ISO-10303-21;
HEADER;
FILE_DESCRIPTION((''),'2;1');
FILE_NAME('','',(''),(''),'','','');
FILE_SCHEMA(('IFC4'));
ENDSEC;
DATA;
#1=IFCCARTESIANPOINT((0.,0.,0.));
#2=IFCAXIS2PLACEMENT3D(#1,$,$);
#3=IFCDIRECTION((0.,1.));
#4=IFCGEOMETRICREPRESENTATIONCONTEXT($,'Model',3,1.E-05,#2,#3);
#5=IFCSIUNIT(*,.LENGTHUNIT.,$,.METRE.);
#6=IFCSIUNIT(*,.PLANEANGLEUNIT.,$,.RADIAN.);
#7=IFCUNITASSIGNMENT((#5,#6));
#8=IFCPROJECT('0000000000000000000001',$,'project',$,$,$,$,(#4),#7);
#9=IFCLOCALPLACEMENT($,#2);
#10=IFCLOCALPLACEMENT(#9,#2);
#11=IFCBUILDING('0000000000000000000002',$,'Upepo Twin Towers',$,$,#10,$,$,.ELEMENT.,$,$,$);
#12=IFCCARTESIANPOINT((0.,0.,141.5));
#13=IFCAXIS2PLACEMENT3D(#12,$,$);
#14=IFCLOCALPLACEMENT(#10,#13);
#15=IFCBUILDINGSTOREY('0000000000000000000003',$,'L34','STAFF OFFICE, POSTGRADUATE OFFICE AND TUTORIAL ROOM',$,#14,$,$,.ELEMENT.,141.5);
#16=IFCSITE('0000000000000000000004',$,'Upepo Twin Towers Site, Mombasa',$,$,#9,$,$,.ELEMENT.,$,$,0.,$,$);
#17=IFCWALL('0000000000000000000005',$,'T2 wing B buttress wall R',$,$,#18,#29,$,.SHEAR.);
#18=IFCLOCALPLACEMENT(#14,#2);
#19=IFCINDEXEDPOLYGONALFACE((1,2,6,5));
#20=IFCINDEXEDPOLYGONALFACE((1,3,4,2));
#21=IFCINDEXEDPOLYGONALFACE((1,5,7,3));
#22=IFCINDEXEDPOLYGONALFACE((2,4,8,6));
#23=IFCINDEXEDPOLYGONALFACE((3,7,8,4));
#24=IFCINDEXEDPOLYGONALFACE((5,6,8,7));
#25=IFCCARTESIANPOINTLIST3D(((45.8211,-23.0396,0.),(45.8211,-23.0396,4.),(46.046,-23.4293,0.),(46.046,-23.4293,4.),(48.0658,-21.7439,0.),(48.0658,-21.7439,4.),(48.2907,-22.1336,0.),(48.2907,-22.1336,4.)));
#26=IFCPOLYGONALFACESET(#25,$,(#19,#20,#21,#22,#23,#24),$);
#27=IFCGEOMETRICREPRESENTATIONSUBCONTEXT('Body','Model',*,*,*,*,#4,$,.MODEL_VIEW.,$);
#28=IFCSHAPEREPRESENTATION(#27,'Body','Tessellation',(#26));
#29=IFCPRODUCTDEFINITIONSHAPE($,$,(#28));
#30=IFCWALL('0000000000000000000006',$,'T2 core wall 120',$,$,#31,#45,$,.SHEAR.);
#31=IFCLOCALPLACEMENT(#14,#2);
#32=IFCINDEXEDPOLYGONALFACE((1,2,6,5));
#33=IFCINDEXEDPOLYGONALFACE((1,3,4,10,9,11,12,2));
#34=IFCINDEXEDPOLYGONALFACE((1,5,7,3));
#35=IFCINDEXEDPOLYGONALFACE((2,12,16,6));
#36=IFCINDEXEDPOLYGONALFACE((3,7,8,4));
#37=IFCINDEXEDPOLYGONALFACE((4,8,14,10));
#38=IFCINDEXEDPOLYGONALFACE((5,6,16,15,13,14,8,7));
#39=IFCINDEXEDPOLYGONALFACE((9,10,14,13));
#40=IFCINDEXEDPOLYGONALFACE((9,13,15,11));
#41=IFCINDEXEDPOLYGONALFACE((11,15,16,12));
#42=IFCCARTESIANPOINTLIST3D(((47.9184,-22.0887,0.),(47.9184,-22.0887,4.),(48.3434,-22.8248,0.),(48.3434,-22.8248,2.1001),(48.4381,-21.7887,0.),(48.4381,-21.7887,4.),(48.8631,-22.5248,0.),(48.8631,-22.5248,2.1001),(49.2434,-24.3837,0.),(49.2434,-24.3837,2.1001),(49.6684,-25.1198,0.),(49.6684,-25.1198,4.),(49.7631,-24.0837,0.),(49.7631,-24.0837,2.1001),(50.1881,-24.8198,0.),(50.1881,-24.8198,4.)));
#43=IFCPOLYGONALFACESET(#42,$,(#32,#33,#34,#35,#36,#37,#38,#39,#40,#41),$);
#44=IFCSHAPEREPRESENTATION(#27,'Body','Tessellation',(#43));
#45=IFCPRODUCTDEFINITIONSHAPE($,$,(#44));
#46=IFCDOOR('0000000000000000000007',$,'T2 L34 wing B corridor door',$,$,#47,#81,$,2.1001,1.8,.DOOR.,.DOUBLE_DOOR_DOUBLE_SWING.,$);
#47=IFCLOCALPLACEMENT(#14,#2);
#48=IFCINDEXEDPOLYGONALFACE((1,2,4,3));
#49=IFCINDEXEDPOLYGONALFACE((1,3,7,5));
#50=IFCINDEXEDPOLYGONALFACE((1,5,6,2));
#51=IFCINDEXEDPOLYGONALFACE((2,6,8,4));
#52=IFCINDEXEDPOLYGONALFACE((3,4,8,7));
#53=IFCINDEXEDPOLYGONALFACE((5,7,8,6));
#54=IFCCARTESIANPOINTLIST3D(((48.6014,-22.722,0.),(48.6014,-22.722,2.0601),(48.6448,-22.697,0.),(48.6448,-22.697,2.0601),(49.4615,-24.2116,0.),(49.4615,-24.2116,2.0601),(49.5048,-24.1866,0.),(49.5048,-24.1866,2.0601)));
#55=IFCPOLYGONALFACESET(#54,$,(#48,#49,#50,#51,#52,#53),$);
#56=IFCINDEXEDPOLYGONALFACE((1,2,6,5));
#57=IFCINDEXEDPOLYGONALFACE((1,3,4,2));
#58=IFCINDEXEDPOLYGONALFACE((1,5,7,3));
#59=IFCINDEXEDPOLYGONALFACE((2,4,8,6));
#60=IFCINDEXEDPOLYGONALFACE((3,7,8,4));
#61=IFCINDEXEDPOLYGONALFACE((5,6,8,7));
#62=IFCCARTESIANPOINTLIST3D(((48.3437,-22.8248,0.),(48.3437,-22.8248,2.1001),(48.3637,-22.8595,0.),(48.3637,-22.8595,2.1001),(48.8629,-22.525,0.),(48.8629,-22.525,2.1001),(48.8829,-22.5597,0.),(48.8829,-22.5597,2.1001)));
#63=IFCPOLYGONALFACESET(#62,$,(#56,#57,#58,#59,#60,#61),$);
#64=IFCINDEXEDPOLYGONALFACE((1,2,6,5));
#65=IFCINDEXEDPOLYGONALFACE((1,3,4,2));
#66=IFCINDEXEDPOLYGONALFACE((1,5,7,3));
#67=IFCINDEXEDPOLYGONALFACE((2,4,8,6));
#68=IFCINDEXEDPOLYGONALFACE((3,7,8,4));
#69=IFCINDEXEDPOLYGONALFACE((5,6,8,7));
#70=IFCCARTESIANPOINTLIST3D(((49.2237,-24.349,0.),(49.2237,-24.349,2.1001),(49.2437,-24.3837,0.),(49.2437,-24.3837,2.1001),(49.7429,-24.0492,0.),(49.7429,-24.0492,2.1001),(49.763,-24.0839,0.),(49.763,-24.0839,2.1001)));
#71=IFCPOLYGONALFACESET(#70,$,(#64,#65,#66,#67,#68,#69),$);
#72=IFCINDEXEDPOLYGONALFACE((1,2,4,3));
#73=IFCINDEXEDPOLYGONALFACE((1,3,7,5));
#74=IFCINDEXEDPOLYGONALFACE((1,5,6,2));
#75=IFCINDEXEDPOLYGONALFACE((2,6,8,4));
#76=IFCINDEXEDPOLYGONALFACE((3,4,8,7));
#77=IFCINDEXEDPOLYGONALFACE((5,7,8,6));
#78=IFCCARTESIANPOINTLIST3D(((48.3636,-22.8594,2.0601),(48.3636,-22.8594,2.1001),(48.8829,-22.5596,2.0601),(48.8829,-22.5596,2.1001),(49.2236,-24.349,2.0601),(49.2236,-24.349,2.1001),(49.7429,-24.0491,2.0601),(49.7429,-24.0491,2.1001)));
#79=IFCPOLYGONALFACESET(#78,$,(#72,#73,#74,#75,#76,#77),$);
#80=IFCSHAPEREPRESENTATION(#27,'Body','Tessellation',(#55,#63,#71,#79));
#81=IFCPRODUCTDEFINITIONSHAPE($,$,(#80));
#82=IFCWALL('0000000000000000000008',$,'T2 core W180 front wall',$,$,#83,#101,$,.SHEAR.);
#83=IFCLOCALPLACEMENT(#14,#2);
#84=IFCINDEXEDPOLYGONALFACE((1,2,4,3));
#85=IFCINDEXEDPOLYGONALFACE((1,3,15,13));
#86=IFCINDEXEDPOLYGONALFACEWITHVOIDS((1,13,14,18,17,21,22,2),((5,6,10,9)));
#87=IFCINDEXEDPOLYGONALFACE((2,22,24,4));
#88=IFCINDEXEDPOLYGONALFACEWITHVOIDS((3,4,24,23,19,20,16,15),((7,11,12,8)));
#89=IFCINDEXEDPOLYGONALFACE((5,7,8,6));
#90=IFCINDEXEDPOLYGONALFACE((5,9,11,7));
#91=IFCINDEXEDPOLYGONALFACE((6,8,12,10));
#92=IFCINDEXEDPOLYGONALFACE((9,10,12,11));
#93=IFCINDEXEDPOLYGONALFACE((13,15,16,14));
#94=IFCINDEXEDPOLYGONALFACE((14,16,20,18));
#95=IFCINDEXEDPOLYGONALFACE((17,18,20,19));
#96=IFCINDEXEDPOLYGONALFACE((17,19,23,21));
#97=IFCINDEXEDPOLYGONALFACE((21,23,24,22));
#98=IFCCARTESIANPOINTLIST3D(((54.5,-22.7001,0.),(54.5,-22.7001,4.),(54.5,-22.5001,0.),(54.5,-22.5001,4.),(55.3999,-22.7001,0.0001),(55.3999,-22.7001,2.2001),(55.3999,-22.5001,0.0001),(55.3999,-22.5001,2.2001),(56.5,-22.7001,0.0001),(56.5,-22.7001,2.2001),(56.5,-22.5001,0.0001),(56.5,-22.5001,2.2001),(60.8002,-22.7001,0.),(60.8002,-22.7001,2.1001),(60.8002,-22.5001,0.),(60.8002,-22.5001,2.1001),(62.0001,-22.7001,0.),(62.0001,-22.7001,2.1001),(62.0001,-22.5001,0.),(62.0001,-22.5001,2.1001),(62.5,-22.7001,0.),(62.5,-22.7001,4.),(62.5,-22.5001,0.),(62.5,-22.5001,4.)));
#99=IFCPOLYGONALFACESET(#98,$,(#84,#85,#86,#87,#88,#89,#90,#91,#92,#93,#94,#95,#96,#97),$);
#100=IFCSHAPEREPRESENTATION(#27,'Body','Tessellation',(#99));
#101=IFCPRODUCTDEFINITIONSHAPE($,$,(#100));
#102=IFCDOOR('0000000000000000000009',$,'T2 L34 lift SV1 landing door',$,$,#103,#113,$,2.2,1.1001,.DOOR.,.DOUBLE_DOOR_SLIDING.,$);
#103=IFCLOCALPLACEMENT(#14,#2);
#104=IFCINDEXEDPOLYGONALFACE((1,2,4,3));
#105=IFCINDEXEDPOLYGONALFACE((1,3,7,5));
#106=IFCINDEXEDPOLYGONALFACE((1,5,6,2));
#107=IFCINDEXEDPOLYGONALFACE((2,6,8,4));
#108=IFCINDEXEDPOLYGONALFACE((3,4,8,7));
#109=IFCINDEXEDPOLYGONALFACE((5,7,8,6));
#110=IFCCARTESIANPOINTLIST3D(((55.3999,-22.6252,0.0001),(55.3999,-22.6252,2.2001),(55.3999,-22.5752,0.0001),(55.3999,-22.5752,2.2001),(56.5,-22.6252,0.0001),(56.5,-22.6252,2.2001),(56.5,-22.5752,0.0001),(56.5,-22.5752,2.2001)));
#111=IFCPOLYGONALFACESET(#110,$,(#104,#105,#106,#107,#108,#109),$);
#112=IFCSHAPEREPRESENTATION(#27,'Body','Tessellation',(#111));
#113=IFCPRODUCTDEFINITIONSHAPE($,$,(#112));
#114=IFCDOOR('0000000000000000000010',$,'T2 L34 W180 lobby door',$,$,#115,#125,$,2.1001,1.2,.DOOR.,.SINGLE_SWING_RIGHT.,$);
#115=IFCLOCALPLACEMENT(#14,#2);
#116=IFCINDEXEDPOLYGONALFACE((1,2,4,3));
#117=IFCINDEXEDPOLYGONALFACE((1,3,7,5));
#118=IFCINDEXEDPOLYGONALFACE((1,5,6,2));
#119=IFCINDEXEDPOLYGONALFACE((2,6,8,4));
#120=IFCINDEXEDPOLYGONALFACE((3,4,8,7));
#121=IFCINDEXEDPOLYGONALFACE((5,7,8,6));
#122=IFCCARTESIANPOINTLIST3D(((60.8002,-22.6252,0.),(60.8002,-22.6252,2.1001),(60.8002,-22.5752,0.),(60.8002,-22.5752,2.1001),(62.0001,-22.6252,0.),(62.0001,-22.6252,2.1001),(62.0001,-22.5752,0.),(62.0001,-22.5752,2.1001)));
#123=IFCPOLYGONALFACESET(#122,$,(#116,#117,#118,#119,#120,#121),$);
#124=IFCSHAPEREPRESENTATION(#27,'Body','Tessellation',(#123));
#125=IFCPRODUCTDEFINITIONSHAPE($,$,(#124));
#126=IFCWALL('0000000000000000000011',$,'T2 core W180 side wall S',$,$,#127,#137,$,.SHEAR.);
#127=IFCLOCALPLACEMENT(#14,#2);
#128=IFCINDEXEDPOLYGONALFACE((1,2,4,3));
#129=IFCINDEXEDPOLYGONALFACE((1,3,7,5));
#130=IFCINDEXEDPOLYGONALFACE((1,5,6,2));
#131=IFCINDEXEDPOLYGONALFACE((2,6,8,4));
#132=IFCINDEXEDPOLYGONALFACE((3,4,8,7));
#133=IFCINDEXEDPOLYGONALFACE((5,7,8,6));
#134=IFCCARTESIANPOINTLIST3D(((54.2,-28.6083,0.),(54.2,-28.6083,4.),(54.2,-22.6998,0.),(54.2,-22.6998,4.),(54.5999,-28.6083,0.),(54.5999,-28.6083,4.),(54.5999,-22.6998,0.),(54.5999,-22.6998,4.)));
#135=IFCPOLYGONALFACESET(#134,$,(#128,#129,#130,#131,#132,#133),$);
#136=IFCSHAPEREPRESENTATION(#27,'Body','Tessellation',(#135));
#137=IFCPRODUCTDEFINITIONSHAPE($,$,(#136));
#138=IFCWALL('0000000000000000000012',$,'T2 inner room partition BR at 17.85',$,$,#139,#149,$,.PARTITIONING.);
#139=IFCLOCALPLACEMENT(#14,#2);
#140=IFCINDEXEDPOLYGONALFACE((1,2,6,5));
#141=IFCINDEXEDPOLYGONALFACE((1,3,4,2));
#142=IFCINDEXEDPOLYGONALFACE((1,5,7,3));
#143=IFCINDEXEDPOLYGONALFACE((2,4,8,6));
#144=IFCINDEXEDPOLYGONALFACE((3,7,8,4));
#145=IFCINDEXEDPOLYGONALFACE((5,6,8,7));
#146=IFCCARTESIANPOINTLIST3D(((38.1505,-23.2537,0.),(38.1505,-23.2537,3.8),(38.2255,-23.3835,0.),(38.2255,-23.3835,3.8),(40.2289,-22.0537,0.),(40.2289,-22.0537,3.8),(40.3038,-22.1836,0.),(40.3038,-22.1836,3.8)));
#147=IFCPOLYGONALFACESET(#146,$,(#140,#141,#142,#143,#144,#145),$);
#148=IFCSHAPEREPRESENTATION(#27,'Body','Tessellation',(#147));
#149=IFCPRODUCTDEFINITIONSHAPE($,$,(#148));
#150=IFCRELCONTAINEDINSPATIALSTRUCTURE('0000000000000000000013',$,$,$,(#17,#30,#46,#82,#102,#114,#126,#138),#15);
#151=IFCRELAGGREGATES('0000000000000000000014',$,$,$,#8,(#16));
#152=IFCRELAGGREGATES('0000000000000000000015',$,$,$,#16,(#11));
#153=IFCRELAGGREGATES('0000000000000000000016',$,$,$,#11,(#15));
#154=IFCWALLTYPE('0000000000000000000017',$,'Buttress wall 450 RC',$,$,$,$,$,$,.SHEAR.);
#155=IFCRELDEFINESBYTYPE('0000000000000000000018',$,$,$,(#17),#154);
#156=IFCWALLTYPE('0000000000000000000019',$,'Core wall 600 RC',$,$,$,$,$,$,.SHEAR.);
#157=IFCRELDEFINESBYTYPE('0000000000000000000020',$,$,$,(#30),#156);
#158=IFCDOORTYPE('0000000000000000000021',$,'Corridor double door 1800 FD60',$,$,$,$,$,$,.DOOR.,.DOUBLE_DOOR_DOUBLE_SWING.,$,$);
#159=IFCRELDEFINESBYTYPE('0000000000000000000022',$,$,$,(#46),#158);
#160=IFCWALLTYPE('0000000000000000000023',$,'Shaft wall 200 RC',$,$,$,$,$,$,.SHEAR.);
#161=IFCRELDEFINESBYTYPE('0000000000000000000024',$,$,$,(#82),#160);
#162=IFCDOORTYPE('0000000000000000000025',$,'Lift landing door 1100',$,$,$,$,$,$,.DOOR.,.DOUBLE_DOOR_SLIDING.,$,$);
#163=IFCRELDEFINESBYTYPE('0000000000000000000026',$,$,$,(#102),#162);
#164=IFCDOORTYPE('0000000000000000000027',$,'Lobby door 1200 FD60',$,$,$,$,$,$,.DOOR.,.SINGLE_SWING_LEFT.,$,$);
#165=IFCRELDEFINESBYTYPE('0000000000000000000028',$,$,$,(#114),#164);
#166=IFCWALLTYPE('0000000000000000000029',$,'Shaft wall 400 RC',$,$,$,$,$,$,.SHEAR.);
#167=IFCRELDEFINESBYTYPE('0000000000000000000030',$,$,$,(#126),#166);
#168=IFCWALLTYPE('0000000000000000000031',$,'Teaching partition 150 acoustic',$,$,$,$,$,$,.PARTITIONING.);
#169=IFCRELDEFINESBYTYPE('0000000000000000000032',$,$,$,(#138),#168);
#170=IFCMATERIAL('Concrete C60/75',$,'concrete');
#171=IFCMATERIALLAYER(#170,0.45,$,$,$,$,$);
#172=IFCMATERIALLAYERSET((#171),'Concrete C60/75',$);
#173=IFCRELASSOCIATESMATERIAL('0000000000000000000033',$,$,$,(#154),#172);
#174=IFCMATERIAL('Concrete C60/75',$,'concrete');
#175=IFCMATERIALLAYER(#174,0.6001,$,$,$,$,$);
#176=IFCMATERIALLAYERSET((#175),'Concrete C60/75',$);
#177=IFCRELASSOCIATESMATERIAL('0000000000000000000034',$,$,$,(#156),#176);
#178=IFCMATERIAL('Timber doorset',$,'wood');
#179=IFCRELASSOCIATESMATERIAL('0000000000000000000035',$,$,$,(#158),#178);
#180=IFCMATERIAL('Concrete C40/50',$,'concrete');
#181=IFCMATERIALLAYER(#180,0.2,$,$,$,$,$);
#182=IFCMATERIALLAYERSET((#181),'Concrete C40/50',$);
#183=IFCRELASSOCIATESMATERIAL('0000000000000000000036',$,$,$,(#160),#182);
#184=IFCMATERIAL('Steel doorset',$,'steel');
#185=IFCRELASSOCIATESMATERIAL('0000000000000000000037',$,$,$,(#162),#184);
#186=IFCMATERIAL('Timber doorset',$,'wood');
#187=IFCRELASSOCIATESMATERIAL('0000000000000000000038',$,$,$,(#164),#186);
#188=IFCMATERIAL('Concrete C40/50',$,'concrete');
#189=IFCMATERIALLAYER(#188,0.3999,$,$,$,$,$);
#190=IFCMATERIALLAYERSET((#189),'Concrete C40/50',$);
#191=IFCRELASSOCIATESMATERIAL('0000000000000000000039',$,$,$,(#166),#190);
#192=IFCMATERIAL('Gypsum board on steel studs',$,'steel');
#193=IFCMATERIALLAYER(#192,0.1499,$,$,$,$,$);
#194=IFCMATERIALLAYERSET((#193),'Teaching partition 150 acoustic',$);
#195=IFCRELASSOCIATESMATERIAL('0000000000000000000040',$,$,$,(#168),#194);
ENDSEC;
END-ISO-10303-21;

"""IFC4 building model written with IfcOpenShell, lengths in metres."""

from ifc_helpers import new_model, si_unit, direction, frame, frame_2d, origin, place, context, subcontext, project, spatial, rectangle, extrude, material, layer, layer_set, type_object, element, fill, save


model = new_model("IFC4")

# Units and contexts
model_context = context("Model", 3, precision=1e-05, world=origin(), true_north=direction((0.0, 1.0)))
body_context = subcontext(model_context, "Body", "Model", "MODEL_VIEW")
ifc_project = project(units=[si_unit("LENGTHUNIT", "METRE"), si_unit("PLANEANGLEUNIT", "RADIAN")], contexts=[model_context])

# Site, building, storey
site_placement = place(None, origin())
site = spatial("IfcSite", under=ifc_project, at=site_placement, Name="Upepo Twin Towers Site, Mombasa", CompositionType="ELEMENT", RefElevation=0.0)
building_placement = place(site_placement, origin())
building = spatial("IfcBuilding", under=site, at=building_placement, Name="Upepo Twin Towers", CompositionType="ELEMENT")
storey_placement = place(building_placement, frame((0.0, 0.0, 141.5)))
storey = spatial("IfcBuildingStorey", under=building, at=storey_placement, Name="L34", Description="STAFF OFFICE, POSTGRADUATE OFFICE AND TUTORIAL ROOM", CompositionType="ELEMENT", Elevation=141.5)

# Wall
ifc_material_1 = material(Name="Concrete C60/75", Category="concrete")
ifc_layer_1 = layer(ifc_material_1, 0.45)
ifc_layer_set_1 = layer_set([ifc_layer_1], Name="Concrete C60/75")
wall_type_1 = type_object("IfcWallType", Name="Buttress wall 450 RC", PredefinedType="SHEAR", material=ifc_layer_set_1)
wall_1_placement = place(storey_placement, frame((48.1782, -21.9387, 0.0), z_axis=(0.0, 0.0, 1.0), x_axis=(-0.866073, -0.499918, 0.0)))
element("IfcWall", 1, at=wall_1_placement, inside=storey, type_object=wall_type_1, Name="T2 wing B buttress wall R", PredefinedType="SHEAR", context=body_context, shape_type="SweptSolid", body=[
    extrude(rectangle(XDim=2.5918, YDim=0.45, at=frame_2d((1.2959, 0.0))), origin(), (0.0, 0.0, 1.0), 4.0),
])

# Wall, opening, door
ifc_material_2 = material(Name="Concrete C60/75", Category="concrete")
ifc_layer_2 = layer(ifc_material_2, 0.6001)
ifc_layer_set_2 = layer_set([ifc_layer_2], Name="Concrete C60/75")
wall_type_2 = type_object("IfcWallType", Name="Core wall 600 RC", PredefinedType="SHEAR", material=ifc_layer_set_2)
wall_2_placement = place(storey_placement, frame((48.1782, -21.9387, 0.0), z_axis=(0.0, 0.0, 1.0), x_axis=(0.50001, -0.866019, 0.0)))
wall_2 = element("IfcWall", 2, at=wall_2_placement, inside=storey, type_object=wall_type_2, Name="T2 core wall 120", PredefinedType="SHEAR", context=body_context, shape_type="SweptSolid", body=[
    extrude(rectangle(XDim=3.5, YDim=0.6001, at=frame_2d((1.75, 0.0))), origin(), (0.0, 0.0, 1.0), 4.0),
])
opening_1_placement = place(wall_2_placement, frame((0.8501, 0.0, 0.0)))
opening_1 = element("IfcOpeningElement", 3, at=opening_1_placement, cuts=wall_2, PredefinedType="OPENING", context=body_context, shape_type="SweptSolid", body=[
    extrude(rectangle(XDim=1.8, YDim=2.1001, at=frame_2d((0.8999, 1.05))), frame((0.0, 0.3101, 0.0), z_axis=(0.0, -1.0, 0.0), x_axis=(1.0, 0.0, 0.0)), (0.0, 0.0, 1.0), 0.6201),
])
ifc_material_3 = material(Name="Timber doorset", Category="wood")
door_type_1 = type_object("IfcDoorType", Name="Corridor double door 1800 FD60", OperationType="DOUBLE_DOOR_DOUBLE_SWING", PredefinedType="DOOR", material=ifc_material_3)
door_1_placement = place(opening_1_placement, origin())
door_1 = element("IfcDoor", 4, at=door_1_placement, inside=storey, type_object=door_type_1, Name="T2 L34 wing B corridor door", OperationType="DOUBLE_DOOR_DOUBLE_SWING", OverallHeight=2.1001, OverallWidth=1.8, PredefinedType="DOOR", context=body_context, shape_type="SweptSolid", body=[
    extrude(rectangle(XDim=1.72, YDim=2.0601, at=frame_2d((0.8999, 1.03))), frame((0.0, 0.0249, 0.0), z_axis=(0.0, -1.0, 0.0), x_axis=(1.0, 0.0, 0.0)), (0.0, 0.0, 1.0), 0.05),
    extrude(rectangle(XDim=0.04, YDim=2.1001, at=frame_2d((0.02, 1.05))), frame((0.0, 0.2998, 0.0), z_axis=(0.0, -1.0, 0.0), x_axis=(1.0, 0.0, 0.0)), (0.0, 0.0, 1.0), 0.5996),
    extrude(rectangle(XDim=0.04, YDim=2.1001, at=frame_2d((1.78, 1.05))), frame((0.0, 0.2998, 0.0), z_axis=(0.0, -1.0, 0.0), x_axis=(1.0, 0.0, 0.0)), (0.0, 0.0, 1.0), 0.5996),
    extrude(rectangle(XDim=1.72, YDim=0.04, at=frame_2d((0.8999, 2.0801))), frame((0.0, 0.2998, 0.0), z_axis=(0.0, -1.0, 0.0), x_axis=(1.0, 0.0, 0.0)), (0.0, 0.0, 1.0), 0.5996),
])
fill(opening_1, door_1)

# Wall, openings, doors
ifc_material_4 = material(Name="Concrete C40/50", Category="concrete")
ifc_layer_3 = layer(ifc_material_4, 0.2)
ifc_layer_set_3 = layer_set([ifc_layer_3], Name="Concrete C40/50")
wall_type_3 = type_object("IfcWallType", Name="Shaft wall 200 RC", PredefinedType="SHEAR", material=ifc_layer_set_3)
wall_3_placement = place(storey_placement, frame((54.5, -22.6001, 0.0), z_axis=(0.0, 0.0, 1.0), x_axis=(1.0, 0.0, 0.0)))
wall_3 = element("IfcWall", 5, at=wall_3_placement, inside=storey, type_object=wall_type_3, Name="T2 core W180 front wall", PredefinedType="SHEAR", context=body_context, shape_type="SweptSolid", body=[
    extrude(rectangle(XDim=8.0, YDim=0.2, at=frame_2d((4.0, 0.0))), origin(), (0.0, 0.0, 1.0), 4.0),
])
opening_2_placement = place(wall_3_placement, frame((6.3, 0.0, 0.0)))
opening_2 = element("IfcOpeningElement", 6, at=opening_2_placement, cuts=wall_3, PredefinedType="OPENING", context=body_context, shape_type="SweptSolid", body=[
    extrude(rectangle(XDim=1.2, YDim=2.1001, at=frame_2d((0.6001, 1.05))), frame((0.0, 0.1099, 0.0), z_axis=(0.0, -1.0, 0.0), x_axis=(1.0, 0.0, 0.0)), (0.0, 0.0, 1.0), 0.22),
])
opening_3_placement = place(wall_3_placement, frame((0.8999, 0.0, 0.0)))
opening_3 = element("IfcOpeningElement", 7, at=opening_3_placement, cuts=wall_3, PredefinedType="OPENING", context=body_context, shape_type="SweptSolid", body=[
    extrude(rectangle(XDim=1.1001, YDim=2.2, at=frame_2d((0.55, 1.1001))), frame((0.0, 0.1099, 0.0), z_axis=(0.0, -1.0, 0.0), x_axis=(1.0, 0.0, 0.0)), (0.0, 0.0, 1.0), 0.22),
])
ifc_material_5 = material(Name="Steel doorset", Category="steel")
door_type_2 = type_object("IfcDoorType", Name="Lift landing door 1100", OperationType="DOUBLE_DOOR_SLIDING", PredefinedType="DOOR", material=ifc_material_5)
door_2_placement = place(opening_3_placement, origin())
door_2 = element("IfcDoor", 8, at=door_2_placement, inside=storey, type_object=door_type_2, Name="T2 L34 lift SV1 landing door", OperationType="DOUBLE_DOOR_SLIDING", OverallHeight=2.2, OverallWidth=1.1001, PredefinedType="DOOR", context=body_context, shape_type="SweptSolid", body=[
    extrude(rectangle(XDim=1.1001, YDim=2.2, at=frame_2d((0.55, 1.1001))), frame((0.0, 0.0249, 0.0), z_axis=(0.0, -1.0, 0.0), x_axis=(1.0, 0.0, 0.0)), (0.0, 0.0, 1.0), 0.05),
])
fill(opening_3, door_2)
ifc_material_6 = material(Name="Timber doorset", Category="wood")
door_type_3 = type_object("IfcDoorType", Name="Lobby door 1200 FD60", OperationType="SINGLE_SWING_LEFT", PredefinedType="DOOR", material=ifc_material_6)
door_3_placement = place(opening_2_placement, origin())
door_3 = element("IfcDoor", 9, at=door_3_placement, inside=storey, type_object=door_type_3, Name="T2 L34 W180 lobby door", OperationType="SINGLE_SWING_RIGHT", OverallHeight=2.1001, OverallWidth=1.2, PredefinedType="DOOR", context=body_context, shape_type="SweptSolid", body=[
    extrude(rectangle(XDim=1.2, YDim=2.1001, at=frame_2d((0.6001, 1.05))), frame((0.0, 0.0249, 0.0), z_axis=(0.0, -1.0, 0.0), x_axis=(1.0, 0.0, 0.0)), (0.0, 0.0, 1.0), 0.05),
])
fill(opening_2, door_3)

# Walls
ifc_material_7 = material(Name="Concrete C40/50", Category="concrete")
ifc_layer_4 = layer(ifc_material_7, 0.3999)
ifc_layer_set_4 = layer_set([ifc_layer_4], Name="Concrete C40/50")
wall_type_4 = type_object("IfcWallType", Name="Shaft wall 400 RC", PredefinedType="SHEAR", material=ifc_layer_set_4)
wall_4_placement = place(storey_placement, frame((54.3999, -22.7, 0.0), z_axis=(0.0, 0.0, 1.0), x_axis=(0.0, -1.0, 0.0)))
element("IfcWall", 10, at=wall_4_placement, inside=storey, type_object=wall_type_4, Name="T2 core W180 side wall S", PredefinedType="SHEAR", context=body_context, shape_type="SweptSolid", body=[
    extrude(rectangle(XDim=5.9084, YDim=0.3999, at=frame_2d((2.9541, 0.0))), origin(), (0.0, 0.0, 1.0), 4.0),
])
ifc_material_8 = material(Name="Gypsum board on steel studs", Category="steel")
ifc_layer_5 = layer(ifc_material_8, 0.1499)
ifc_layer_set_5 = layer_set([ifc_layer_5], Name="Teaching partition 150 acoustic")
wall_type_5 = type_object("IfcWallType", Name="Teaching partition 150 acoustic", PredefinedType="PARTITIONING", material=ifc_layer_set_5)
wall_5_placement = place(storey_placement, frame((40.2664, -22.1187, 0.0), z_axis=(0.0, 0.0, 1.0), x_axis=(-0.866025, -0.500001, 0.0)))
element("IfcWall", 11, at=wall_5_placement, inside=storey, type_object=wall_type_5, Name="T2 inner room partition BR at 17.85", PredefinedType="PARTITIONING", context=body_context, shape_type="SweptSolid", body=[
    extrude(rectangle(XDim=2.3999, YDim=0.1499, at=frame_2d((1.2, 0.0))), origin(), (0.0, 0.0, 1.0), 3.8),
])

save(model, "model.ifc")
